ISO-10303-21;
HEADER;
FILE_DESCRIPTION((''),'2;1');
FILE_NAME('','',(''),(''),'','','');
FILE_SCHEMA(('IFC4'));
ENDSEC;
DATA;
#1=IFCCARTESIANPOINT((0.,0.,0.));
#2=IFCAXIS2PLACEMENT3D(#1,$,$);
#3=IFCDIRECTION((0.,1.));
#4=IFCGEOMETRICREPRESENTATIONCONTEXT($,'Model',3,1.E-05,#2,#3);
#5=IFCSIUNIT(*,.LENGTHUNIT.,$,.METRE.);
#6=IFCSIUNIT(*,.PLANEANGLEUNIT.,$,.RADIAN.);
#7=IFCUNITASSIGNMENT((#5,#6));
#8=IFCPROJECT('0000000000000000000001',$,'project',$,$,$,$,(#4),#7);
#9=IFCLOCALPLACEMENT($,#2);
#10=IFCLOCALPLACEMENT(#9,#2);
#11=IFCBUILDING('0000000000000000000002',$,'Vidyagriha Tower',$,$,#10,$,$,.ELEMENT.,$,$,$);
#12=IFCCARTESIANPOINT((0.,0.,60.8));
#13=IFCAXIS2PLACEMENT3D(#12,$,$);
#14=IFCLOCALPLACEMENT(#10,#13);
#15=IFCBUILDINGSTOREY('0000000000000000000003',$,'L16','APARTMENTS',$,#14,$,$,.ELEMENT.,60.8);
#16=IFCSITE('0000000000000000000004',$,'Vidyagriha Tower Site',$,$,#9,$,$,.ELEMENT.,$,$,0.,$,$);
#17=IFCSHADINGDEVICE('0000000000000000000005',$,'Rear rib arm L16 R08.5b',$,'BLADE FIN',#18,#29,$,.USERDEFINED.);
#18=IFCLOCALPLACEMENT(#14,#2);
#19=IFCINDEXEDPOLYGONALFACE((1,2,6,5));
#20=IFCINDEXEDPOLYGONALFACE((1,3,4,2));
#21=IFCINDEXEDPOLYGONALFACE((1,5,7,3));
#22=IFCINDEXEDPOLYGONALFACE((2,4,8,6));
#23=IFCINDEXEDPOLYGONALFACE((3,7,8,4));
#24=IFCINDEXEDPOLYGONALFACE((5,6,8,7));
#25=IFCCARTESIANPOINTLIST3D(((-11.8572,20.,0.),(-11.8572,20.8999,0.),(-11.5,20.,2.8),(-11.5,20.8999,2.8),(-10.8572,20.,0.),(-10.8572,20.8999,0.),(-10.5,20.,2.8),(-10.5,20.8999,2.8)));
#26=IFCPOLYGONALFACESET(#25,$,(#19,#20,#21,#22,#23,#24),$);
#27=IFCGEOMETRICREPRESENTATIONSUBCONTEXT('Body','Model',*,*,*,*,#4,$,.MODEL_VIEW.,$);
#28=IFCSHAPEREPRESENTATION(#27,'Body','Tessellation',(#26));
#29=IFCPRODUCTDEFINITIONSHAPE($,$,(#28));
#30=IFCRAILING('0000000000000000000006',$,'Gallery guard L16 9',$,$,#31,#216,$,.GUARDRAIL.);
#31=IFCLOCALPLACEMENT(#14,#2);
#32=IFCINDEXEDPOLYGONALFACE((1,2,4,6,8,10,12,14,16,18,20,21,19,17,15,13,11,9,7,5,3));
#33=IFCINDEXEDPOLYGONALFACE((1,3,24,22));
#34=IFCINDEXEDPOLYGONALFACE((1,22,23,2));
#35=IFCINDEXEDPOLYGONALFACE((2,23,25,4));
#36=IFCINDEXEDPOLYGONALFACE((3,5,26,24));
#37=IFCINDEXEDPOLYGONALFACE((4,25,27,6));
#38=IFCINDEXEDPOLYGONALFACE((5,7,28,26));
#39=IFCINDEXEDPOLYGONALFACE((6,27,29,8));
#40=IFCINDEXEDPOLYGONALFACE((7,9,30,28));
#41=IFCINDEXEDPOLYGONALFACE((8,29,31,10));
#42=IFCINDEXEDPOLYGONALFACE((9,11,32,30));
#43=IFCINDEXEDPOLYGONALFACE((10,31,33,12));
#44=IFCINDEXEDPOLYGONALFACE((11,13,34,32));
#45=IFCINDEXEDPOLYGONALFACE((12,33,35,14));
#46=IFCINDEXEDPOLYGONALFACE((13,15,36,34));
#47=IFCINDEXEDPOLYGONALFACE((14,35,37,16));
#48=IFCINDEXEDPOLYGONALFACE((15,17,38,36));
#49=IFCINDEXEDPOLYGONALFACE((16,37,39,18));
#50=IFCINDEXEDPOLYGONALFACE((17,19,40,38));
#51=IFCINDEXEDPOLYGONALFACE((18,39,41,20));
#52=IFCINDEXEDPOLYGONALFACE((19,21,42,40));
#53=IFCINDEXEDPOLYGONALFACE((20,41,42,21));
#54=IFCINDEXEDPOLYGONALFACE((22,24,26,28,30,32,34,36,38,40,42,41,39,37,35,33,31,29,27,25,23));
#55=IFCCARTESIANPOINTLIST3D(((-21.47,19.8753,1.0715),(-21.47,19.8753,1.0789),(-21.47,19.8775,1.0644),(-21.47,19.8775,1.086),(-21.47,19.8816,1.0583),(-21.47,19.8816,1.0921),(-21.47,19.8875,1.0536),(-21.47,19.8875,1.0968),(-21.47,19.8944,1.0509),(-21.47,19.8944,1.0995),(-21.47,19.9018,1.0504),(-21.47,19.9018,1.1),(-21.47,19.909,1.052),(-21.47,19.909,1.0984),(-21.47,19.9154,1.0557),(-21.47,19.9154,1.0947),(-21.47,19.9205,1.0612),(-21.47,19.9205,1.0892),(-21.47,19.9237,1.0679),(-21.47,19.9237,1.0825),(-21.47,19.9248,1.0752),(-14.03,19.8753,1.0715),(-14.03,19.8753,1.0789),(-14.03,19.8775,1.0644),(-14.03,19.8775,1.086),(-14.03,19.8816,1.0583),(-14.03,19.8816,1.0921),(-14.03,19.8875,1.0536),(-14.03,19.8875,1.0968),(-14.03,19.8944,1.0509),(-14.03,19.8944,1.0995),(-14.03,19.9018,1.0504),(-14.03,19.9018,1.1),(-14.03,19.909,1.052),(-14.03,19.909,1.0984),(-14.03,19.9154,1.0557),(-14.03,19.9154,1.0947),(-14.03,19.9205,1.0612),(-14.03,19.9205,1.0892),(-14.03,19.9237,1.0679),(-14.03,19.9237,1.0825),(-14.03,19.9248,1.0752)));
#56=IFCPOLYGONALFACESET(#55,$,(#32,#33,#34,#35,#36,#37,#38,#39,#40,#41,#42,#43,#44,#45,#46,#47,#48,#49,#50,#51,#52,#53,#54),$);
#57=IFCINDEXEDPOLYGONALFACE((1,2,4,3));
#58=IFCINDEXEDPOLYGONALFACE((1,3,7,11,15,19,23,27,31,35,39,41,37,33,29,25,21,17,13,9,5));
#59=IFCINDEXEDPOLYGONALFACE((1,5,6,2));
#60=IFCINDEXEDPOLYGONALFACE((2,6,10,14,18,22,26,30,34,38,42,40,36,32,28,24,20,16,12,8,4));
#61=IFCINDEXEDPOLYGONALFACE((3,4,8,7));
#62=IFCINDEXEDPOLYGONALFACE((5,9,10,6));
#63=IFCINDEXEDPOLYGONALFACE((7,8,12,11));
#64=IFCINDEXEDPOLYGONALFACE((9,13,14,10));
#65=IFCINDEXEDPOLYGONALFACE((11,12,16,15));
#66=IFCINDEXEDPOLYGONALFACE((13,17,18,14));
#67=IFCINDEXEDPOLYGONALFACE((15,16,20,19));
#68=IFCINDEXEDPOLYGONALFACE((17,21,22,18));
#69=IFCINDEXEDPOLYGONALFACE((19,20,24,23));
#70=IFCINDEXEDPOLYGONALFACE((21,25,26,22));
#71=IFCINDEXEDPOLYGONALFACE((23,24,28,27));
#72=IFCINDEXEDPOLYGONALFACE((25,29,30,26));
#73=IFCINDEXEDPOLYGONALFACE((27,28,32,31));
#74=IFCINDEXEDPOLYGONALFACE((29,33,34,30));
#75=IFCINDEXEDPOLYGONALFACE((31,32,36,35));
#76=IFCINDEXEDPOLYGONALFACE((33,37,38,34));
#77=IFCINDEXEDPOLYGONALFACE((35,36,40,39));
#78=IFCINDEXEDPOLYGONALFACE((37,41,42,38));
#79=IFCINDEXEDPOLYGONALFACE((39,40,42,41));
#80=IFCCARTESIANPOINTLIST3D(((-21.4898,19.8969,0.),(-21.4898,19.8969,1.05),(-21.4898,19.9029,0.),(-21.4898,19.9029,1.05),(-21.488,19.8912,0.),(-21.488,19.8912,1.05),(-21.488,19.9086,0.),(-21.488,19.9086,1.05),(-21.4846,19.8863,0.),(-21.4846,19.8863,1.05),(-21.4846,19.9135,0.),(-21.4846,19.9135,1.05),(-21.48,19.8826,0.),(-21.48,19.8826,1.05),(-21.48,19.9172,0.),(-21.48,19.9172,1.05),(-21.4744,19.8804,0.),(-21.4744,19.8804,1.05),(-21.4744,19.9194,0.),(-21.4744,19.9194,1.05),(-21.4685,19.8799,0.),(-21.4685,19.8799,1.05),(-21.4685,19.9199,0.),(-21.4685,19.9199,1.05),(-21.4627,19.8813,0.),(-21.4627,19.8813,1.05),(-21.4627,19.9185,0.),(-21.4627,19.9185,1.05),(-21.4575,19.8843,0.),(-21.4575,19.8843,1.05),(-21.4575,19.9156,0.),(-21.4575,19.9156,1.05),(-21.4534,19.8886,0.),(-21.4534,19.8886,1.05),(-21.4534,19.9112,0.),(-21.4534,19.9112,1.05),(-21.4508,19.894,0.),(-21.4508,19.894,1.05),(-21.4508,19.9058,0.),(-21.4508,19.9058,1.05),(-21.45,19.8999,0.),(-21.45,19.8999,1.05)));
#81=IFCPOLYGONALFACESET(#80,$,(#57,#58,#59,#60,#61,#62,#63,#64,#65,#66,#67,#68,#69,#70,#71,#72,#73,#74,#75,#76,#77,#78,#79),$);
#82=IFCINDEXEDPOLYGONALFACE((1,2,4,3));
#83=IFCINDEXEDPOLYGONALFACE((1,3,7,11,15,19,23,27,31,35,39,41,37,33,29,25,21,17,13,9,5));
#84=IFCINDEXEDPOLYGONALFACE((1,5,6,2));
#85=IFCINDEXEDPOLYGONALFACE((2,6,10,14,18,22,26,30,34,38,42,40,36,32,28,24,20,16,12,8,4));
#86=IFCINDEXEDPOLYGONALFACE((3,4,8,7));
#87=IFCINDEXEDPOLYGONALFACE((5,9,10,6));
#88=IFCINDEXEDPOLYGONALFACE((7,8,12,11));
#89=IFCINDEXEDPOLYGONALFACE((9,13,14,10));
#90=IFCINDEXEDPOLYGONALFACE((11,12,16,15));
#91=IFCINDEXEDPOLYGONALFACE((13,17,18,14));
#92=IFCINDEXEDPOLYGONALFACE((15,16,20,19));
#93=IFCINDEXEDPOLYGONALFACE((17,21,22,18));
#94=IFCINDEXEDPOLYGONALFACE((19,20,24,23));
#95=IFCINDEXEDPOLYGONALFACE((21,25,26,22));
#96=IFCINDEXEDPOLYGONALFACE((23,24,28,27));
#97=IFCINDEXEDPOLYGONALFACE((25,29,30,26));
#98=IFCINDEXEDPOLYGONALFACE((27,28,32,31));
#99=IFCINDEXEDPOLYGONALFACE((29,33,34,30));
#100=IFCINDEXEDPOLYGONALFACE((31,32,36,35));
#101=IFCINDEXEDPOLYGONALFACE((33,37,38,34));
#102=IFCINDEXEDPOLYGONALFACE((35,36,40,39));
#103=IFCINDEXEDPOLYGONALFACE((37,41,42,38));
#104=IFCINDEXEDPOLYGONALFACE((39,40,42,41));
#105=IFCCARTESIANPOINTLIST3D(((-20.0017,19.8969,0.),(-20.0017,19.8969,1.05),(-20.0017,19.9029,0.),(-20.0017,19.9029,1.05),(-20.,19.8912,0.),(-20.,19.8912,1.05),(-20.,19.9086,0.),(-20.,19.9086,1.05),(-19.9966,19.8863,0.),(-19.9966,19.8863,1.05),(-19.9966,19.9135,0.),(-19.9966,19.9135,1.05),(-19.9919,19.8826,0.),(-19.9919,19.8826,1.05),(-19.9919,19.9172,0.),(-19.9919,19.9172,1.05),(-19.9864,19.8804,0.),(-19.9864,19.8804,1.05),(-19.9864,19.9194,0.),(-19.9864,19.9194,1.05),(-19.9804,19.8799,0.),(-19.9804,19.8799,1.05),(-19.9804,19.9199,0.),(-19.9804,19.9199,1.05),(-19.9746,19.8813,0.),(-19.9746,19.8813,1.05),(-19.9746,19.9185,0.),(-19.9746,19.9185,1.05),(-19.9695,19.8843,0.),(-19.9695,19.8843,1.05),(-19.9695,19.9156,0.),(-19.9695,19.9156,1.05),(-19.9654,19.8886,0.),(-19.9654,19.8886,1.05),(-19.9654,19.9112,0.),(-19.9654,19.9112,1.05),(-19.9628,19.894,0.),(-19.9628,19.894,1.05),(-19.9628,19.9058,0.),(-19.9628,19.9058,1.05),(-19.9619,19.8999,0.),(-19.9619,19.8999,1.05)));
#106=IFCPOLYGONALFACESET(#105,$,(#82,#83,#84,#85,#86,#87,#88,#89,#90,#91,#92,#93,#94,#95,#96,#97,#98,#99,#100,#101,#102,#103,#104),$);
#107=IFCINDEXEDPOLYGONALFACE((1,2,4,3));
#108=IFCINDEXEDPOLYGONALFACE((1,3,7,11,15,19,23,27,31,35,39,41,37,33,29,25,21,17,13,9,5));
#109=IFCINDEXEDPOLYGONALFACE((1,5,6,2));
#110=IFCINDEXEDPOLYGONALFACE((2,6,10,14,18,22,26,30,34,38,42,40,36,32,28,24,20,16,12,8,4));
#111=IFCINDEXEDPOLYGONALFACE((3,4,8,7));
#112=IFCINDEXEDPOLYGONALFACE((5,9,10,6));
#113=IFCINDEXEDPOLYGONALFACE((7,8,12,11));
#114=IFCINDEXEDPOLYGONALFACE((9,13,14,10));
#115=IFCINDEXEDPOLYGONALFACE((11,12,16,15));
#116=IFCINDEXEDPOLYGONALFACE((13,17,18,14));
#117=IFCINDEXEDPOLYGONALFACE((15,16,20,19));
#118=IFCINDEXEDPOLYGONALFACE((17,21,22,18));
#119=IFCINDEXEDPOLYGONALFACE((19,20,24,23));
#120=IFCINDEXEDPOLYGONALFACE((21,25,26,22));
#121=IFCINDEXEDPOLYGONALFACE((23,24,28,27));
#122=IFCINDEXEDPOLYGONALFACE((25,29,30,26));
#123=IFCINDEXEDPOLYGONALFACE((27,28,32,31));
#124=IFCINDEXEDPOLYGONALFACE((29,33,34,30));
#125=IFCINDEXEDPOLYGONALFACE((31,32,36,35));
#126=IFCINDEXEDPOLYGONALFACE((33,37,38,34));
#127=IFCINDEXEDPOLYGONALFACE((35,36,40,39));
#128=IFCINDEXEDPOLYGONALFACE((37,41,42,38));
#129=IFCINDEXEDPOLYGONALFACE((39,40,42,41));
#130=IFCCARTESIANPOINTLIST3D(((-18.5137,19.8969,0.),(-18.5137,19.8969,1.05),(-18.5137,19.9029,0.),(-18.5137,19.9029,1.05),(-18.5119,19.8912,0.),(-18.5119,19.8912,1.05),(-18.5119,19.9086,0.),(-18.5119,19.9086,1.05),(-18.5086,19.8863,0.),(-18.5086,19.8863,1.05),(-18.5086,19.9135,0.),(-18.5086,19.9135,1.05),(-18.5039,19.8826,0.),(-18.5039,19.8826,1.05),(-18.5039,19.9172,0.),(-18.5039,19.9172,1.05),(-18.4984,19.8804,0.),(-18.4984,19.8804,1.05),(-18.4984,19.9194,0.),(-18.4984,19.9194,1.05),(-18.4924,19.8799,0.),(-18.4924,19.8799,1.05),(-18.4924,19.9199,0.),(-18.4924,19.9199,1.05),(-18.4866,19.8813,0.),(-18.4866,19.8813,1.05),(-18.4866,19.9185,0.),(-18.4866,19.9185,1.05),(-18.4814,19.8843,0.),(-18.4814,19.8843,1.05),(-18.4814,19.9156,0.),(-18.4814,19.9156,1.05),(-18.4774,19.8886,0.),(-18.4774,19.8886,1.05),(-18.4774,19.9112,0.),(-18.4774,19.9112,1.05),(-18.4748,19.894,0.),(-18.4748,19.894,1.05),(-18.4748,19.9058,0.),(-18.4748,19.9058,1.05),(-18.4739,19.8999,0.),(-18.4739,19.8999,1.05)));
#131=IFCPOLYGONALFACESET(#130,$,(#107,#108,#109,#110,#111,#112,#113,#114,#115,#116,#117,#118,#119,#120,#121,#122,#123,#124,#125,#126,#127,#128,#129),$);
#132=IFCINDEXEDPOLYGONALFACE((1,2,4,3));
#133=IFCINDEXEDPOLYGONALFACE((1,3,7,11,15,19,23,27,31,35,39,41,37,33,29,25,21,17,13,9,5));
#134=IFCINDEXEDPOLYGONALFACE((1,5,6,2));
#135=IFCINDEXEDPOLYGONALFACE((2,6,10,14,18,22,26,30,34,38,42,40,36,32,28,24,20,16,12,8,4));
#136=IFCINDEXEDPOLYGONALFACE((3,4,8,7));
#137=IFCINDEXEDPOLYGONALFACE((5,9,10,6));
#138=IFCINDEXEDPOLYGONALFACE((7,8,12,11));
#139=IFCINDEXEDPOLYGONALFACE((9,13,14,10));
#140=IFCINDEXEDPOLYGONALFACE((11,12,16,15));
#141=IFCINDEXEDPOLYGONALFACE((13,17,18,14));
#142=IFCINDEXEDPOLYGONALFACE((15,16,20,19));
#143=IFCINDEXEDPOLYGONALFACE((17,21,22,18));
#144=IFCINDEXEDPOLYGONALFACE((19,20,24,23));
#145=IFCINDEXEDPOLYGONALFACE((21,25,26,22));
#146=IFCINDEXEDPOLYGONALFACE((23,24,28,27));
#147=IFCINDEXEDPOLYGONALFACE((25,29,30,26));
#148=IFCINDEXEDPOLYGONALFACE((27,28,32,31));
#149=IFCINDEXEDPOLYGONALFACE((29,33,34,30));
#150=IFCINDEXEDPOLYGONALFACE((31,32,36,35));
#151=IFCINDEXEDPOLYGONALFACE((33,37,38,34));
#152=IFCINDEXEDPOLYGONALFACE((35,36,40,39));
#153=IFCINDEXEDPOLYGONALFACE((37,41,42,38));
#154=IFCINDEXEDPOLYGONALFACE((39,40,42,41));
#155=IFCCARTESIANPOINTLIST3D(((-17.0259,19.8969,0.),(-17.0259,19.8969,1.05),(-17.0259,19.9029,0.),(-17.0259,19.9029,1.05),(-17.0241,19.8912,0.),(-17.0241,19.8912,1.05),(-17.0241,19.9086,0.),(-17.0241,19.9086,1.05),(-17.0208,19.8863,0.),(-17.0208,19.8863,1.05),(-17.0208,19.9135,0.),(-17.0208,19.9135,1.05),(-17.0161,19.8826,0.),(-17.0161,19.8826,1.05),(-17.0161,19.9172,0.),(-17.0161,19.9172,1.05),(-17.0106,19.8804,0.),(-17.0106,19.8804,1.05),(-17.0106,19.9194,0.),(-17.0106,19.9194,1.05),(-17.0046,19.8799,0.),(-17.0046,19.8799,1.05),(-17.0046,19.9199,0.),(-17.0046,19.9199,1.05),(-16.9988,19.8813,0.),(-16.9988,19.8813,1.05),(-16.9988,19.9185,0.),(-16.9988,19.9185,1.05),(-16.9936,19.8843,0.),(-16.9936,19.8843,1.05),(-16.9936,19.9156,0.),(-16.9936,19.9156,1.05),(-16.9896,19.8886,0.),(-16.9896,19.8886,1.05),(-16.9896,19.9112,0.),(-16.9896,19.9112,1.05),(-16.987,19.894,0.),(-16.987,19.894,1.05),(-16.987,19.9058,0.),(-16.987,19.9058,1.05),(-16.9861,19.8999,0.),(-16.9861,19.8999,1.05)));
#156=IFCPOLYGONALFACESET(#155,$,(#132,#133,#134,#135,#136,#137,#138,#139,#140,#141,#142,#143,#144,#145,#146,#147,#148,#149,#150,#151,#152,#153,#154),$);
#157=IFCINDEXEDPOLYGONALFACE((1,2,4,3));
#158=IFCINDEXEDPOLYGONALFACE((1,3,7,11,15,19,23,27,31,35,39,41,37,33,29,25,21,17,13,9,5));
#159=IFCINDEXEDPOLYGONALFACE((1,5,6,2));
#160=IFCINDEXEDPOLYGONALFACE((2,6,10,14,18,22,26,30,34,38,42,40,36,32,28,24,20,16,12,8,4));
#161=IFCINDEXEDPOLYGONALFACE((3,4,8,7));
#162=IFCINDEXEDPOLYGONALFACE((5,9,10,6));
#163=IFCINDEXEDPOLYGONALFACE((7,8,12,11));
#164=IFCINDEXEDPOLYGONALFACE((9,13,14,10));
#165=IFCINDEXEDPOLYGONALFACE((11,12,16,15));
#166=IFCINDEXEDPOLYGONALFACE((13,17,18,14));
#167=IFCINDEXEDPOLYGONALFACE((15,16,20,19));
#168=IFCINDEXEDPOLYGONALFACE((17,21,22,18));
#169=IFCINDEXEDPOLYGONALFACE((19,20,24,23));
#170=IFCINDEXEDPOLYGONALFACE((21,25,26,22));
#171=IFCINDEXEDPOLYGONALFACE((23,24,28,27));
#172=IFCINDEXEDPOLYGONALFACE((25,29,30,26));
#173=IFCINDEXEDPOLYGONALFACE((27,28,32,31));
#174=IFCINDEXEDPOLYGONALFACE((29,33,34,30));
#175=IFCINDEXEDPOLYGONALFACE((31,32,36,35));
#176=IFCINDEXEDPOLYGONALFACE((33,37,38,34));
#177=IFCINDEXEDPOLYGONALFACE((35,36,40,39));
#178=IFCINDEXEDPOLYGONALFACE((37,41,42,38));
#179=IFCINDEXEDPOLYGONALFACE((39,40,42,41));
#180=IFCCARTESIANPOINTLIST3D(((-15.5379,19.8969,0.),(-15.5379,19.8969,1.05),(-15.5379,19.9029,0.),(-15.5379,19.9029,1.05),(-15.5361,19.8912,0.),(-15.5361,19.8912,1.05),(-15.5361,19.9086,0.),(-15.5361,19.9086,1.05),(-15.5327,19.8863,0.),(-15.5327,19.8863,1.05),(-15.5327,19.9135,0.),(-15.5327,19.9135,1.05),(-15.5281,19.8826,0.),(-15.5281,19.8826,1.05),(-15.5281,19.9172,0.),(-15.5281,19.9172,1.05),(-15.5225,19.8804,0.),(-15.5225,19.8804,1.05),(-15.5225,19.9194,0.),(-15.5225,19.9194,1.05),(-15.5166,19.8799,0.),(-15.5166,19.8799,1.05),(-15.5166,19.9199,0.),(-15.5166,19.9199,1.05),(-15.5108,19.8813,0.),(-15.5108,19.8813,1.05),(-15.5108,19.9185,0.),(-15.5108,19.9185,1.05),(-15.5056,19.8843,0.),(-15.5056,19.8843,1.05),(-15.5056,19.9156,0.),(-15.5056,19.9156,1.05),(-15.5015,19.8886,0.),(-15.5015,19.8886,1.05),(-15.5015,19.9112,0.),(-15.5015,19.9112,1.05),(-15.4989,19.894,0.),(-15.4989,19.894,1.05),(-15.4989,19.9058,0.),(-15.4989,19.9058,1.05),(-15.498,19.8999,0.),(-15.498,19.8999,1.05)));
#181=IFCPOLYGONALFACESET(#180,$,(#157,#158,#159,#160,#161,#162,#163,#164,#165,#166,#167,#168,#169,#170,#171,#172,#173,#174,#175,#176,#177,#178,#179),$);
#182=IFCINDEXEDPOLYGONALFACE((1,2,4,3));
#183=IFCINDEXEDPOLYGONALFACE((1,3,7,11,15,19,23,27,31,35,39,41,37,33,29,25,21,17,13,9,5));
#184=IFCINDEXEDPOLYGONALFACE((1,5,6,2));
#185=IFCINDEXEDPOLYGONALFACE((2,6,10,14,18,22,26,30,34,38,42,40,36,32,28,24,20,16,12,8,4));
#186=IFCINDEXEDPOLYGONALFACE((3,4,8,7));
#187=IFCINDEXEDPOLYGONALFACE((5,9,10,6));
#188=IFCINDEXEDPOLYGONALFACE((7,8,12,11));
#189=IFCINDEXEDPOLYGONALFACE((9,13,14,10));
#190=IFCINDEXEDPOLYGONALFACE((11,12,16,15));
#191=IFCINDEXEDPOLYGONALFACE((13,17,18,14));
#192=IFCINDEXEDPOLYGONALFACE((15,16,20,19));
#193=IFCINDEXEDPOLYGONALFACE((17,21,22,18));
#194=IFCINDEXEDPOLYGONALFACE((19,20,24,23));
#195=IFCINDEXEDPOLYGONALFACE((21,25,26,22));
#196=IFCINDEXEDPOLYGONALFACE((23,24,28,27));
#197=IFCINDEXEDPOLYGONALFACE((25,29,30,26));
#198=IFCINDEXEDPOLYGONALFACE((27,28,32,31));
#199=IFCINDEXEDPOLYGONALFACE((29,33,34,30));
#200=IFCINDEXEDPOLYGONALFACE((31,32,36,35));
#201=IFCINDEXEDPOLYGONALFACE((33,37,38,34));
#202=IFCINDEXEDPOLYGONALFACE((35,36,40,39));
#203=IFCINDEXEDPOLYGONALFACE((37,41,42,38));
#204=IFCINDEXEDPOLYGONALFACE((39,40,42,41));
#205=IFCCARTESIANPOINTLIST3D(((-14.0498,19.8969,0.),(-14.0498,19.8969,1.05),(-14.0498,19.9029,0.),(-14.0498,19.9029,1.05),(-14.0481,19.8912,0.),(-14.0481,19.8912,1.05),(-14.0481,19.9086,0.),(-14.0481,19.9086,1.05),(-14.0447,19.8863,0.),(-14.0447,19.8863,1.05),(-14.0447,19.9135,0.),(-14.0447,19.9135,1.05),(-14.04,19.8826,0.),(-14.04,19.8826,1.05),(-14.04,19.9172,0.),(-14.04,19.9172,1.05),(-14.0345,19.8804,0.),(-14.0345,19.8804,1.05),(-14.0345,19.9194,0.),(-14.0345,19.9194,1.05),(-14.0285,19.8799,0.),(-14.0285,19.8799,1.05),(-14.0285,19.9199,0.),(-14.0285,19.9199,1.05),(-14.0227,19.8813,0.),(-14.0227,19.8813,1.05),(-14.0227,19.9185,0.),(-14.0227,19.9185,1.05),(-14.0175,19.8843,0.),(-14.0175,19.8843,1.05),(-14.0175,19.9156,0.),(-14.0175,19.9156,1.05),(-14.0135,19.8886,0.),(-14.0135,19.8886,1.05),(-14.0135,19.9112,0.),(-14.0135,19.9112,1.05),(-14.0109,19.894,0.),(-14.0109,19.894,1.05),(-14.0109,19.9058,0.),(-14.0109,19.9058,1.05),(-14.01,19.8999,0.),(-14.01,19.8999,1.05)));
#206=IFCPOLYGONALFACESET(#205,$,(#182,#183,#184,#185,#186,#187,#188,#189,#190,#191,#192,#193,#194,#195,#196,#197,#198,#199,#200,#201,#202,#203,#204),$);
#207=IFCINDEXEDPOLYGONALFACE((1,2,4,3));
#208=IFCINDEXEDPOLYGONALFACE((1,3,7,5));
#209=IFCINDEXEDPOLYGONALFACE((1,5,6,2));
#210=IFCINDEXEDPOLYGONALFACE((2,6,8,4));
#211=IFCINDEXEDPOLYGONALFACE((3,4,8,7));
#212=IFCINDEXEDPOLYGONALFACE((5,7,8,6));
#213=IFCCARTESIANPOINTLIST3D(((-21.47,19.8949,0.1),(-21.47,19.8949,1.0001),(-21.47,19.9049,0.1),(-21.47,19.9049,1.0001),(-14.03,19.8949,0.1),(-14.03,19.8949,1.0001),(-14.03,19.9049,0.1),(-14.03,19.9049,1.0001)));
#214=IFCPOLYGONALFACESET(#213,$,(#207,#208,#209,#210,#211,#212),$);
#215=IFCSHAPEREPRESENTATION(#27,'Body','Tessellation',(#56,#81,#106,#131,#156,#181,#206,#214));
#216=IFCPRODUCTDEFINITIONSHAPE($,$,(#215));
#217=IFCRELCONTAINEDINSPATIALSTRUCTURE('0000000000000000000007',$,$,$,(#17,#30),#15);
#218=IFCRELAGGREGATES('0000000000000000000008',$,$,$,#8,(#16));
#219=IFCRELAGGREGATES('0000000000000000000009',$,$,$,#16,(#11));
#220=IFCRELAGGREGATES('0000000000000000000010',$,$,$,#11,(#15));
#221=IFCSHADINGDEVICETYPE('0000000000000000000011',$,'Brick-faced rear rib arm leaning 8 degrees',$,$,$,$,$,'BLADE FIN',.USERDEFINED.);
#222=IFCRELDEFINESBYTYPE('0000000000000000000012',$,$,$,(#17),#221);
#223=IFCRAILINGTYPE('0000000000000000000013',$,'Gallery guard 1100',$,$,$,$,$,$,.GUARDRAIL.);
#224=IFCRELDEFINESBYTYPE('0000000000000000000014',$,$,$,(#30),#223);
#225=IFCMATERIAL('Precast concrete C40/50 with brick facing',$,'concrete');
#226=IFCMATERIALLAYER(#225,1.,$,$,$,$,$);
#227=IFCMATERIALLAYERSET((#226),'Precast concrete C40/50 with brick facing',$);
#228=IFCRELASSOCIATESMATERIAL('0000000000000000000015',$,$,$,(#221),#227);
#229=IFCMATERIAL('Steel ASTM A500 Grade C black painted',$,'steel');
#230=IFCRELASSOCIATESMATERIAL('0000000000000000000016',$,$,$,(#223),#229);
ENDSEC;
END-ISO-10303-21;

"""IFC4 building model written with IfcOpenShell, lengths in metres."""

from ifc_helpers import new_model, si_unit, direction, frame, origin, origin_2d, place, context, subcontext, project, spatial, polyline, rectangle, circle, outline, extrude, material, layer, layer_set, type_object, element, save


model = new_model("IFC4")

# Units and contexts
model_context = context("Model", 3, precision=1e-05, world=origin(), true_north=direction((0.0, 1.0)))
body_context = subcontext(model_context, "Body", "Model", "MODEL_VIEW")
ifc_project = project(units=[si_unit("LENGTHUNIT", "METRE"), si_unit("PLANEANGLEUNIT", "RADIAN")], contexts=[model_context])

# Site, building, storey
site_placement = place(None, origin())
site = spatial("IfcSite", under=ifc_project, at=site_placement, Name="Vidyagriha Tower Site", CompositionType="ELEMENT", RefElevation=0.0)
building_placement = place(site_placement, origin())
building = spatial("IfcBuilding", under=site, at=building_placement, Name="Vidyagriha Tower", CompositionType="ELEMENT")
storey_placement = place(building_placement, frame((0.0, 0.0, 60.8)))
storey = spatial("IfcBuildingStorey", under=building, at=storey_placement, Name="L16", Description="APARTMENTS", CompositionType="ELEMENT", Elevation=60.8)

# Shading device
ifc_material_1 = material(Name="Precast concrete C40/50 with brick facing", Category="concrete")
ifc_layer_1 = layer(ifc_material_1, 1.0)
ifc_layer_set_1 = layer_set([ifc_layer_1], Name="Precast concrete C40/50 with brick facing")
shading_device_type = type_object("IfcShadingDeviceType", Name="Brick-faced rear rib arm leaning 8 degrees", ElementType="BLADE FIN", PredefinedType="USERDEFINED", material=ifc_layer_set_1)
shading_device_1_placement = place(storey_placement, frame((-10.5, 20.45, 0.0), z_axis=(0.0, 0.0, 1.0), x_axis=(-1.0, 0.0, 0.0)))
element("IfcShadingDevice", 1, at=shading_device_1_placement, inside=storey, type_object=shading_device_type, Name="Rear rib arm L16 R08.5b", ObjectType="BLADE FIN", PredefinedType="USERDEFINED", context=body_context, shape_type="SweptSolid", body=[
    extrude(outline(polyline([(0.3572, 0.0), (1.3572, 0.0), (1.0, 2.8), (0.0, 2.8), (0.3572, 0.0)])), frame((0.0, 0.45, 0.0), z_axis=(0.0, -1.0, 0.0), x_axis=(1.0, 0.0, 0.0)), (0.0, 0.0, 1.0), 0.8999),
])

# Railing
ifc_material_2 = material(Name="Steel ASTM A500 Grade C black painted", Category="steel")
railing_type = type_object("IfcRailingType", Name="Gallery guard 1100", PredefinedType="GUARDRAIL", material=ifc_material_2)
railing_placement = place(storey_placement, frame((-21.47, 19.8999, 0.0)))
element("IfcRailing", 2, at=railing_placement, inside=storey, type_object=railing_type, Name="Gallery guard L16 9", PredefinedType="GUARDRAIL", context=body_context, shape_type="SweptSolid", body=[
    extrude(circle(Radius=0.0249, at=origin_2d()), frame((0.0, 0.0, 1.0752), z_axis=(1.0, 0.0, 0.0), x_axis=(0.0, 1.0, 0.0)), (0.0, 0.0, 1.0), 7.4399),
    extrude(circle(Radius=0.02, at=origin_2d()), origin(), (0.0, 0.0, 1.0), 1.05),
    extrude(circle(Radius=0.02, at=origin_2d()), frame((1.488, 0.0, 0.0)), (0.0, 0.0, 1.0), 1.05),
    extrude(circle(Radius=0.02, at=origin_2d()), frame((2.9761, 0.0, 0.0)), (0.0, 0.0, 1.0), 1.05),
    extrude(circle(Radius=0.02, at=origin_2d()), frame((4.4639, 0.0, 0.0)), (0.0, 0.0, 1.0), 1.05),
    extrude(circle(Radius=0.02, at=origin_2d()), frame((5.9519, 0.0, 0.0)), (0.0, 0.0, 1.0), 1.05),
    extrude(circle(Radius=0.02, at=origin_2d()), frame((7.4399, 0.0, 0.0)), (0.0, 0.0, 1.0), 1.05),
    extrude(rectangle(XDim=0.01, YDim=0.9001, at=origin_2d()), frame((0.0, 0.0, 0.55), z_axis=(1.0, 0.0, 0.0), x_axis=(0.0, 1.0, 0.0)), (0.0, 0.0, 1.0), 7.4399),
])

save(model, "model.ifc")
